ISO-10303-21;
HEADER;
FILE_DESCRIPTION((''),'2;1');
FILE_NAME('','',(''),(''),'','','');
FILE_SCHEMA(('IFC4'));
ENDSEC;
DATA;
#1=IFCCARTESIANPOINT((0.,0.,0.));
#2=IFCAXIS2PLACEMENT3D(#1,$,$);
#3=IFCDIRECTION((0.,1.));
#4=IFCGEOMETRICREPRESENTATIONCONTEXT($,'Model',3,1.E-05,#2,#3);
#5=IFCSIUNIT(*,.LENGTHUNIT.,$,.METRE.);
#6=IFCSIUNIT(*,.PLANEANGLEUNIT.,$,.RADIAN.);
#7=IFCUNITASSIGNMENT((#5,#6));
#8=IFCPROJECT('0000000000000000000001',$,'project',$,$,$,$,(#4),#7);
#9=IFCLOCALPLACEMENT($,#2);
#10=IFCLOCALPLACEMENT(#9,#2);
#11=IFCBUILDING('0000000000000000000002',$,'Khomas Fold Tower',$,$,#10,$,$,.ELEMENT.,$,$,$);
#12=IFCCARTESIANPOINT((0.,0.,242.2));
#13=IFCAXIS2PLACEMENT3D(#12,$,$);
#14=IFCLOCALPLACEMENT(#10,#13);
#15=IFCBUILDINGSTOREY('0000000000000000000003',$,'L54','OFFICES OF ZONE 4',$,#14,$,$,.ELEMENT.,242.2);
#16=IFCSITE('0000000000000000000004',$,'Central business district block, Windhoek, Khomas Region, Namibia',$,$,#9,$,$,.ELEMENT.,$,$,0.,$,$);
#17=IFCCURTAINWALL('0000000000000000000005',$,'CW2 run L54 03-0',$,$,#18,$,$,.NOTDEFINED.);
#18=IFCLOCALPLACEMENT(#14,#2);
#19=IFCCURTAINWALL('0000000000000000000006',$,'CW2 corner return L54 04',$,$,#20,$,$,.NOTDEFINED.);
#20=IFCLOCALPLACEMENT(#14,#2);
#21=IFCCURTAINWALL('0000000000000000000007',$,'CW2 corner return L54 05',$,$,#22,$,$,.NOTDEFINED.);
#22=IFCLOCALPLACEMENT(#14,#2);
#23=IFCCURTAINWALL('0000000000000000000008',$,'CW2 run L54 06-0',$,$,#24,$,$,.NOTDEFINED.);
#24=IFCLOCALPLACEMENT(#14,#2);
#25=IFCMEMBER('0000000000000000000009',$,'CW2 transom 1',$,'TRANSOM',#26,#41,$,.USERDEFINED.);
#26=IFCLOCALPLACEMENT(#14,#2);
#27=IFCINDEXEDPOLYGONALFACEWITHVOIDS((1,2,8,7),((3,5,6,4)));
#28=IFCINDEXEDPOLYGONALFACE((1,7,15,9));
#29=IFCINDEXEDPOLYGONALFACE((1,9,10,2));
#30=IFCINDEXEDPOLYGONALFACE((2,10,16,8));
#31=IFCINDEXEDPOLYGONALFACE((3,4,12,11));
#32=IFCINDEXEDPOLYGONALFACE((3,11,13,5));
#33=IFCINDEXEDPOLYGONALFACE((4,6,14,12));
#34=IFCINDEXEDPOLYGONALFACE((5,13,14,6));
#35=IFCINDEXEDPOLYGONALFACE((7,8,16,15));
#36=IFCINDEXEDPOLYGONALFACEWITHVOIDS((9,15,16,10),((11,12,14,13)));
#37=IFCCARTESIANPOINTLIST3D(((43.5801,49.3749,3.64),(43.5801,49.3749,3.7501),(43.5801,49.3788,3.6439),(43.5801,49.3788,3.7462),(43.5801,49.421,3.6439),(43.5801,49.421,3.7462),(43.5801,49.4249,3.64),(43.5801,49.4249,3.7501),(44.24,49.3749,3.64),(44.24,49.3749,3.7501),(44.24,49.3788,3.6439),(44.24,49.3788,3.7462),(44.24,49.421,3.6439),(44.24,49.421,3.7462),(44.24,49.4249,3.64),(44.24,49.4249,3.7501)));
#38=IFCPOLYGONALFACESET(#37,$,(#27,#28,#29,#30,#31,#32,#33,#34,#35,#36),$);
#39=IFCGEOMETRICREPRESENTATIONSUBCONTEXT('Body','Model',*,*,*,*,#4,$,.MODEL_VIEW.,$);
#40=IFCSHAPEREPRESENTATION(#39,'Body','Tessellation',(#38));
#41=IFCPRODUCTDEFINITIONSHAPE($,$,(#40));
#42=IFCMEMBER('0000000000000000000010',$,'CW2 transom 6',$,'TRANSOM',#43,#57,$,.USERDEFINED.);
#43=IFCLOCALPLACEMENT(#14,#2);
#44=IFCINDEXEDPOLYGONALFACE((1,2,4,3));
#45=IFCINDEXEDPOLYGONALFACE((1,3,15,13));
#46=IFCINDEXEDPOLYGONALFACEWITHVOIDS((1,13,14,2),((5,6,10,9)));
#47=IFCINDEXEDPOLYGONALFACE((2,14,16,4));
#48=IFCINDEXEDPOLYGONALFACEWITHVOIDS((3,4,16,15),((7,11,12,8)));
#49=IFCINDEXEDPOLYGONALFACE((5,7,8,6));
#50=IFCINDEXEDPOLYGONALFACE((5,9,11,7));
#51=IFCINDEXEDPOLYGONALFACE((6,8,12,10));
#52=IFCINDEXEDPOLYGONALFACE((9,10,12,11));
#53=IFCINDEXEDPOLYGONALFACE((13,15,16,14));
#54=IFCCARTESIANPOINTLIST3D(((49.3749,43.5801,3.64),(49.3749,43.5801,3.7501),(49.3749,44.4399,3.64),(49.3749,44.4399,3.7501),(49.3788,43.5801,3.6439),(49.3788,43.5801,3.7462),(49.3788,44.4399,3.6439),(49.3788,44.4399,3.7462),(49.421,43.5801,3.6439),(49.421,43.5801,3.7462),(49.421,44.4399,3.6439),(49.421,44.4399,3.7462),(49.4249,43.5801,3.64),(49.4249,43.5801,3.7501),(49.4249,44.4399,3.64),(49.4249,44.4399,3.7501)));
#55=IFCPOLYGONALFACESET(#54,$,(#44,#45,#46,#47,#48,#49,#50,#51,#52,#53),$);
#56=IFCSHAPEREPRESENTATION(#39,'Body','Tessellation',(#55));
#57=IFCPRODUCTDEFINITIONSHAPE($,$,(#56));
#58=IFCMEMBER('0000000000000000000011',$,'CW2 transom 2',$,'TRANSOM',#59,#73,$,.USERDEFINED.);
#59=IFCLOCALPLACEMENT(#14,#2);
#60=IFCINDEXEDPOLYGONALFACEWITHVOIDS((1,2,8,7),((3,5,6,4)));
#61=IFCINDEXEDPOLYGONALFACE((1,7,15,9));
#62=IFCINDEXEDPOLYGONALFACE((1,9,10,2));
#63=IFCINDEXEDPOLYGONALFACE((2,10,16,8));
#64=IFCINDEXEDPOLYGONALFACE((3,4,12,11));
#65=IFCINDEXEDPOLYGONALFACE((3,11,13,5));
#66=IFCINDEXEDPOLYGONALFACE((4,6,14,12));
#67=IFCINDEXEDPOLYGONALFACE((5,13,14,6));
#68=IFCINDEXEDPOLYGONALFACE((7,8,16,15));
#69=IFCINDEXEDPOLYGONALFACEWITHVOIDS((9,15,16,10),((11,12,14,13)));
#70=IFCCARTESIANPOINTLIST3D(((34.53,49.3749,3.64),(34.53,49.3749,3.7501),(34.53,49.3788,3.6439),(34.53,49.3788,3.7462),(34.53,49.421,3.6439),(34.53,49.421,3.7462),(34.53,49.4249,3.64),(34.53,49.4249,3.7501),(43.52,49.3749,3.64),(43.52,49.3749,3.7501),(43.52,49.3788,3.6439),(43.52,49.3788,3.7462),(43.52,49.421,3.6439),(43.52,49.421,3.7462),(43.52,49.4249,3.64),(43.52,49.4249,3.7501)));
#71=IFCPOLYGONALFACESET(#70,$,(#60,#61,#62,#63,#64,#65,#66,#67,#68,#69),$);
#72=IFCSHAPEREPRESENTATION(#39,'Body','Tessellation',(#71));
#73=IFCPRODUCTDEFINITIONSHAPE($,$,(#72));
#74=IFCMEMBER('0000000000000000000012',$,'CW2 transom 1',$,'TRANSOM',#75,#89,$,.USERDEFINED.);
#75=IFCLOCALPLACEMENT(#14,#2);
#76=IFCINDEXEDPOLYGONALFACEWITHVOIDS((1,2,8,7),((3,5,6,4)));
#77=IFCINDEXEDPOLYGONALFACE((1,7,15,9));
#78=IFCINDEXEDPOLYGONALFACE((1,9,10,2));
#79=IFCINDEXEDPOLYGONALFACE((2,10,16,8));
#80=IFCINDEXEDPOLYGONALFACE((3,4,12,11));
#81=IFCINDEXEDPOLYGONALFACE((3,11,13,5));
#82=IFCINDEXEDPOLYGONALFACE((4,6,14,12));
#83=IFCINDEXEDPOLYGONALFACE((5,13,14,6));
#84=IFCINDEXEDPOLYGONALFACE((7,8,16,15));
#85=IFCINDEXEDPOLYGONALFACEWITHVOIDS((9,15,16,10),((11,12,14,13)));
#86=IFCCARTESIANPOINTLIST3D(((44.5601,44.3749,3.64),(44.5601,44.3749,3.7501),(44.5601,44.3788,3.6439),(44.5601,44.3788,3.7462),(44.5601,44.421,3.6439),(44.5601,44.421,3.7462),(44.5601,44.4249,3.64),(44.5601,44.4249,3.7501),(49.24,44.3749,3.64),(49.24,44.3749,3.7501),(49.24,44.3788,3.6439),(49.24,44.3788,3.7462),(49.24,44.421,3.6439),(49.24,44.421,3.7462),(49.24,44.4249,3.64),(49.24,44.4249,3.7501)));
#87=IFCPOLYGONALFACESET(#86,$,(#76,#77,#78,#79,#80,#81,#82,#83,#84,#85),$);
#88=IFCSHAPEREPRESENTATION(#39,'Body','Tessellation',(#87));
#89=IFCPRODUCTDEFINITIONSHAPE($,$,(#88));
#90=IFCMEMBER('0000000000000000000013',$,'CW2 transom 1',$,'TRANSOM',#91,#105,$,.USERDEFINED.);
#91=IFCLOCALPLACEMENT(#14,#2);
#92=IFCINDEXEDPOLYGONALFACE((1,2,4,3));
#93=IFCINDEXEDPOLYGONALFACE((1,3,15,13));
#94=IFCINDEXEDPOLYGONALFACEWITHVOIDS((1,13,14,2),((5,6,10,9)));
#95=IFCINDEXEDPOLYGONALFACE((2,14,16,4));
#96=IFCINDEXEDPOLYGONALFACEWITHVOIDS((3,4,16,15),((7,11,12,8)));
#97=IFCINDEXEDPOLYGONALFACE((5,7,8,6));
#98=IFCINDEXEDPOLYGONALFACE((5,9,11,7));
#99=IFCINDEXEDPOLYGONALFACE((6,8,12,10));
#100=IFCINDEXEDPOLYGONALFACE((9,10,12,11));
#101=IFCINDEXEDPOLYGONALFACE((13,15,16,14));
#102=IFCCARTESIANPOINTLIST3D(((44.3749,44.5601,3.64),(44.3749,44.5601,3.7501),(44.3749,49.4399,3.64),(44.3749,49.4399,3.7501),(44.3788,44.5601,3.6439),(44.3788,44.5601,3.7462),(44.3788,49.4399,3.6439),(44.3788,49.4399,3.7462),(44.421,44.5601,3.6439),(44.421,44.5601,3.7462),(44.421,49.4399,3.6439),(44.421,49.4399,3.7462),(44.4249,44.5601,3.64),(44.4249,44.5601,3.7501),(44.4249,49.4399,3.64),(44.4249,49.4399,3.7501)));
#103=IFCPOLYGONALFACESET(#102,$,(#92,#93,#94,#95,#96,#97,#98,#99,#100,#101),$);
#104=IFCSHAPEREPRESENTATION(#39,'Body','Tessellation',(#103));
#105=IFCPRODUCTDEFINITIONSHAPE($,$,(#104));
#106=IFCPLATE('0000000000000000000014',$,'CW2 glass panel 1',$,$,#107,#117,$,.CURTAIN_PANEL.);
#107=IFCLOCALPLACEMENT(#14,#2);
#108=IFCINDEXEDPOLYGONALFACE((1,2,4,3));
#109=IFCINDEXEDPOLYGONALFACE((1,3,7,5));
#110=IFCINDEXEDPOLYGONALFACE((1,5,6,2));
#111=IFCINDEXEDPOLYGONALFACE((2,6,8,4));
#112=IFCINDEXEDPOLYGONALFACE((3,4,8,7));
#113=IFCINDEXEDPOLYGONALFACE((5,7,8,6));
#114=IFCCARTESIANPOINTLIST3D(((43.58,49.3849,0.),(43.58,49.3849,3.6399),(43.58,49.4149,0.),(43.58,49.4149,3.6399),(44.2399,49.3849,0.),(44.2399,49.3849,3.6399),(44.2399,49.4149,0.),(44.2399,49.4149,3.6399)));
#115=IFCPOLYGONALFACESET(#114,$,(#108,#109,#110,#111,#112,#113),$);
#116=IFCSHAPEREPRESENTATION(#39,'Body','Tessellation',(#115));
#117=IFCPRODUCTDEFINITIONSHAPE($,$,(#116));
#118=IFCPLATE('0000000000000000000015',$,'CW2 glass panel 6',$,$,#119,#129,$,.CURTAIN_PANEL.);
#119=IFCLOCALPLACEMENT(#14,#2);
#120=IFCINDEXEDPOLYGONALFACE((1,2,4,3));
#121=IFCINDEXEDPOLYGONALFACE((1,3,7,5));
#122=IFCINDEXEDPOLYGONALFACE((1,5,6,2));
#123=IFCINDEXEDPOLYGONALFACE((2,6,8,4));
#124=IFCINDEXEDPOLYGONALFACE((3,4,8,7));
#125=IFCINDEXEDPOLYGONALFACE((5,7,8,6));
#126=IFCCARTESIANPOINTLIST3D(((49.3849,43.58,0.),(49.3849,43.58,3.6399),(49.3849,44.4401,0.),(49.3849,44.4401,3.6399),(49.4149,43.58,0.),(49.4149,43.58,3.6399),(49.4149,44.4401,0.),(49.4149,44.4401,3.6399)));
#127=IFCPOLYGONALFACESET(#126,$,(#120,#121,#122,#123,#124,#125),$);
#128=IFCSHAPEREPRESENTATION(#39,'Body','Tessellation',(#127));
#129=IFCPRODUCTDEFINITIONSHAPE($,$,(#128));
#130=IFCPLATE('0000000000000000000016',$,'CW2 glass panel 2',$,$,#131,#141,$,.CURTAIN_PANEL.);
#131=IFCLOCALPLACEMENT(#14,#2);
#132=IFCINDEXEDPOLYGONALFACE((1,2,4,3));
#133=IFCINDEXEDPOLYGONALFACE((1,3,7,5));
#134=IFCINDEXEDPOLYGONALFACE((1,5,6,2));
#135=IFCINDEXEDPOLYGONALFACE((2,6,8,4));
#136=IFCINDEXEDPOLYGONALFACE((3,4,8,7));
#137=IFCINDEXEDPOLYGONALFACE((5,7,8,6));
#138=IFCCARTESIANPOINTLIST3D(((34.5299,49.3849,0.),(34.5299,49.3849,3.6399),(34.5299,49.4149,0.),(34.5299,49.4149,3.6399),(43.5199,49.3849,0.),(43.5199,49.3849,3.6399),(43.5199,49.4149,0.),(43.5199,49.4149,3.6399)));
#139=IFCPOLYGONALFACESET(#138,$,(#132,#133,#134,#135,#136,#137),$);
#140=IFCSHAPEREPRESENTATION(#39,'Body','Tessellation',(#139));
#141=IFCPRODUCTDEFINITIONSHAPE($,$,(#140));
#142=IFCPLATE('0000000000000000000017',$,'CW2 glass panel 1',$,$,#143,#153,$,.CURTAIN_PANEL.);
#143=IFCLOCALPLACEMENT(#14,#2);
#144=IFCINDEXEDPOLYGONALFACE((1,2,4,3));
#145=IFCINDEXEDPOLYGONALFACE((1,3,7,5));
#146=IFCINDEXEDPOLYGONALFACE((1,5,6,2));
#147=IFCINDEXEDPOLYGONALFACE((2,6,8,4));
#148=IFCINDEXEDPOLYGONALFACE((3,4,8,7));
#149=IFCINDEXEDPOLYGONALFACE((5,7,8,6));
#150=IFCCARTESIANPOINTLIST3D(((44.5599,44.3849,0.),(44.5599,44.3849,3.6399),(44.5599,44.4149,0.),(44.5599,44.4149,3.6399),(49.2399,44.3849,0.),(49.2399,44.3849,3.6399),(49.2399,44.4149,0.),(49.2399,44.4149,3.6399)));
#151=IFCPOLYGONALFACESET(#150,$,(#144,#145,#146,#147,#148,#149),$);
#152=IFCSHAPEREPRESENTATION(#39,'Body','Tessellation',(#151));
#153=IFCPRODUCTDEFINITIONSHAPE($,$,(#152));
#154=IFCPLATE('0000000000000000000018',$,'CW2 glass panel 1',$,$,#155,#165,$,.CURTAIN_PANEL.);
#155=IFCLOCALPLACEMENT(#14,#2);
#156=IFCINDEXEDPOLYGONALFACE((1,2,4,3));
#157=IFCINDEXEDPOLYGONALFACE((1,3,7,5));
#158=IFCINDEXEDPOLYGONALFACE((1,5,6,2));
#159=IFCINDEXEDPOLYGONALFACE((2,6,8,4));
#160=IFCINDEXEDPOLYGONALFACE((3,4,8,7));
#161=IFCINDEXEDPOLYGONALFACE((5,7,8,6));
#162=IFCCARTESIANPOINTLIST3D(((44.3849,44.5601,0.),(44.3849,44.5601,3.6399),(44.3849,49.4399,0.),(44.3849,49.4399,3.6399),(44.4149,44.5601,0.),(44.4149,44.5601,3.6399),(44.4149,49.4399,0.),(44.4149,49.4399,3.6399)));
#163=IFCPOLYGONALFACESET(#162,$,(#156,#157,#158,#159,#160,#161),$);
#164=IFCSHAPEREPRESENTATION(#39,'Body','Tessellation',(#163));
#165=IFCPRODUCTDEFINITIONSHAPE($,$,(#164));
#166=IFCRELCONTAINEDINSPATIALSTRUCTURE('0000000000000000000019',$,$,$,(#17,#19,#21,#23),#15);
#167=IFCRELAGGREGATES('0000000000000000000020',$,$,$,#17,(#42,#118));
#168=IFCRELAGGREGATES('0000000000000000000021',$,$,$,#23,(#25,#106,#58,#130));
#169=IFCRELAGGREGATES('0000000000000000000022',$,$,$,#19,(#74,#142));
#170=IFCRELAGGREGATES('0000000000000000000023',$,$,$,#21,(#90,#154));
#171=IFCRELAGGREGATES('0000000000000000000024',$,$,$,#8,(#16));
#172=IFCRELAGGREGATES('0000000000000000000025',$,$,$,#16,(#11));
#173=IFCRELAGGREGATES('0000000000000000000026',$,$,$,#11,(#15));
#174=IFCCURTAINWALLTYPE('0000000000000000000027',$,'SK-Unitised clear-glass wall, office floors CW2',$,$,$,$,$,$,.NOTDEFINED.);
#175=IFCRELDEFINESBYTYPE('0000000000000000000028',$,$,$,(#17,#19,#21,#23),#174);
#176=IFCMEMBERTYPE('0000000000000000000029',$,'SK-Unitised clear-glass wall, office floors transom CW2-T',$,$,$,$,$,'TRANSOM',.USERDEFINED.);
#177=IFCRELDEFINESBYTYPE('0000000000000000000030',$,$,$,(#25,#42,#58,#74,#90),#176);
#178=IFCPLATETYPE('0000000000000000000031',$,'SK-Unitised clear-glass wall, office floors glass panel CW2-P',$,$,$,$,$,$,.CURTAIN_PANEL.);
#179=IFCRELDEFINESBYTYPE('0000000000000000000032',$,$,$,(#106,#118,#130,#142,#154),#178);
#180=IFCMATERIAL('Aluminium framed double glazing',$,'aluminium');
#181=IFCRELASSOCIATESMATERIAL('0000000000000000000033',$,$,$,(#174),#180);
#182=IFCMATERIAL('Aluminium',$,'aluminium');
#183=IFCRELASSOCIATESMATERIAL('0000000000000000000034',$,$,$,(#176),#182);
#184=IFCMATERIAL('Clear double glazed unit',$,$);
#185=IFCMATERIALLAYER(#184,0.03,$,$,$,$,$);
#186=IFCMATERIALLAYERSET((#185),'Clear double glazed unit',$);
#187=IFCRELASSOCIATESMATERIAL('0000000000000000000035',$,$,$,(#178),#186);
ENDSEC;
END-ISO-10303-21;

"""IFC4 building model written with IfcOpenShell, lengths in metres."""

from ifc_helpers import new_model, si_unit, direction, frame, origin, origin_2d, place, context, subcontext, project, spatial, rectangle, hollow_rectangle, extrude, source, transform, mapped, material, layer, layer_set, material_profile, profile_set, type_object, element, aggregate, save


model = new_model("IFC4")

# Units and contexts
model_context = context("Model", 3, precision=1e-05, world=origin(), true_north=direction((0.0, 1.0)))
body_context = subcontext(model_context, "Body", "Model", "MODEL_VIEW")
ifc_project = project(units=[si_unit("LENGTHUNIT", "METRE"), si_unit("PLANEANGLEUNIT", "RADIAN")], contexts=[model_context])

# Site, building, storey
site_placement = place(None, origin())
site = spatial("IfcSite", under=ifc_project, at=site_placement, Name="Central business district block, Windhoek, Khomas Region, Namibia", CompositionType="ELEMENT", RefElevation=0.0)
building_placement = place(site_placement, origin())
building = spatial("IfcBuilding", under=site, at=building_placement, Name="Khomas Fold Tower", CompositionType="ELEMENT")
storey_placement = place(building_placement, frame((0.0, 0.0, 242.2)))
storey = spatial("IfcBuildingStorey", under=building, at=storey_placement, Name="L54", Description="OFFICES OF ZONE 4", CompositionType="ELEMENT", Elevation=242.2)

# Curtain wall
ifc_material_1 = material(Name="Aluminium framed double glazing", Category="aluminium")
curtain_wall_type = type_object("IfcCurtainWallType", Name="SK-Unitised clear-glass wall, office floors CW2", PredefinedType="NOTDEFINED", material=ifc_material_1)
curtain_wall_1_placement = place(storey_placement, origin())
curtain_wall_1 = element("IfcCurtainWall", 1, at=curtain_wall_1_placement, inside=storey, type_object=curtain_wall_type, Name="CW2 run L54 03-0", PredefinedType="NOTDEFINED")

# Curtain walls, member
curtain_wall_2_placement = place(storey_placement, origin())
curtain_wall_2 = element("IfcCurtainWall", 2, at=curtain_wall_2_placement, inside=storey, type_object=curtain_wall_type, Name="CW2 corner return L54 04", PredefinedType="NOTDEFINED")
curtain_wall_3_placement = place(storey_placement, origin())
curtain_wall_3 = element("IfcCurtainWall", 3, at=curtain_wall_3_placement, inside=storey, type_object=curtain_wall_type, Name="CW2 corner return L54 05", PredefinedType="NOTDEFINED")
curtain_wall_4_placement = place(storey_placement, origin())
curtain_wall_4 = element("IfcCurtainWall", 4, at=curtain_wall_4_placement, inside=storey, type_object=curtain_wall_type, Name="CW2 run L54 06-0", PredefinedType="NOTDEFINED")
ifc_material_2 = material(Name="Aluminium", Category="aluminium")
ifc_material_profile_1 = material_profile(ifc_material_2, hollow_rectangle(XDim=0.05, YDim=0.1101, WallThickness=0.0039, at=origin_2d()), Name="SK-Unitised clear-glass wall, office floors transom CW2-T")
ifc_profile_set_1 = profile_set([ifc_material_profile_1], Name="Aluminium")
member_type_1 = type_object("IfcMemberType", Name="SK-Unitised clear-glass wall, office floors transom CW2-T", ElementType="TRANSOM", PredefinedType="USERDEFINED", material=ifc_profile_set_1)
shared_shape_1 = source(origin(), body_context, "Body", "SweptSolid", [
    extrude(hollow_rectangle(XDim=0.05, YDim=0.1101, WallThickness=0.0039, at=origin_2d()), origin(), (0.0, 0.0, 1.0), 0.6599),
])
member_1_placement = place(storey_placement, frame((44.24, 49.3999, 3.6951), z_axis=(-1.0, 0.0, 0.0), x_axis=(0.0, -1.0, 0.0)))
member_1 = element("IfcMember", 5, at=member_1_placement, type_object=member_type_1, Name="CW2 transom 1", ObjectType="TRANSOM", PredefinedType="USERDEFINED", context=body_context, shape_type="MappedRepresentation", body=[
    mapped(shared_shape_1, transform((0.0, 0.0, 0.0))),
])

# Members
shared_shape_2 = source(origin(), body_context, "Body", "SweptSolid", [
    extrude(hollow_rectangle(XDim=0.05, YDim=0.1101, WallThickness=0.0039, at=origin_2d()), origin(), (0.0, 0.0, 1.0), 0.8599),
])
member_2_placement = place(storey_placement, frame((49.3999, 43.5801, 3.6951), z_axis=(0.0, 1.0, 0.0), x_axis=(-1.0, 0.0, 0.0)))
member_2 = element("IfcMember", 6, at=member_2_placement, type_object=member_type_1, Name="CW2 transom 6", ObjectType="TRANSOM", PredefinedType="USERDEFINED", context=body_context, shape_type="MappedRepresentation", body=[
    mapped(shared_shape_2, transform((0.0, 0.0, 0.0))),
])
shared_shape_3 = source(origin(), body_context, "Body", "SweptSolid", [
    extrude(hollow_rectangle(XDim=0.05, YDim=0.1101, WallThickness=0.0039, at=origin_2d()), origin(), (0.0, 0.0, 1.0), 8.99),
])
member_3_placement = place(storey_placement, frame((43.52, 49.3999, 3.6951), z_axis=(-1.0, 0.0, 0.0), x_axis=(0.0, -1.0, 0.0)))
member_3 = element("IfcMember", 7, at=member_3_placement, type_object=member_type_1, Name="CW2 transom 2", ObjectType="TRANSOM", PredefinedType="USERDEFINED", context=body_context, shape_type="MappedRepresentation", body=[
    mapped(shared_shape_3, transform((0.0, 0.0, 0.0))),
])
shared_shape_4 = source(origin(), body_context, "Body", "SweptSolid", [
    extrude(hollow_rectangle(XDim=0.05, YDim=0.1101, WallThickness=0.0039, at=origin_2d()), origin(), (0.0, 0.0, 1.0), 4.6799),
])
member_4_placement = place(storey_placement, frame((49.24, 44.3999, 3.6951), z_axis=(-1.0, 0.0, 0.0), x_axis=(0.0, -1.0, 0.0)))
member_4 = element("IfcMember", 8, at=member_4_placement, type_object=member_type_1, Name="CW2 transom 1", ObjectType="TRANSOM", PredefinedType="USERDEFINED", context=body_context, shape_type="MappedRepresentation", body=[
    mapped(shared_shape_4, transform((0.0, 0.0, 0.0))),
])
shared_shape_5 = source(origin(), body_context, "Body", "SweptSolid", [
    extrude(hollow_rectangle(XDim=0.05, YDim=0.1101, WallThickness=0.0039, at=origin_2d()), origin(), (0.0, 0.0, 1.0), 4.8799),
])
member_5_placement = place(storey_placement, frame((44.3999, 44.5601, 3.6951), z_axis=(0.0, 1.0, 0.0), x_axis=(-1.0, 0.0, 0.0)))
member_5 = element("IfcMember", 9, at=member_5_placement, type_object=member_type_1, Name="CW2 transom 1", ObjectType="TRANSOM", PredefinedType="USERDEFINED", context=body_context, shape_type="MappedRepresentation", body=[
    mapped(shared_shape_5, transform((0.0, 0.0, 0.0))),
])

# Plates
ifc_material_3 = material(Name="Clear double glazed unit")
ifc_layer = layer(ifc_material_3, 0.03)
ifc_layer_set = layer_set([ifc_layer], Name="Clear double glazed unit")
plate_type = type_object("IfcPlateType", Name="SK-Unitised clear-glass wall, office floors glass panel CW2-P", PredefinedType="CURTAIN_PANEL", material=ifc_layer_set)
shared_shape_6 = source(origin(), body_context, "Body", "SweptSolid", [
    extrude(rectangle(XDim=0.6599, YDim=0.03, at=origin_2d()), origin(), (0.0, 0.0, 1.0), 3.6399),
])
plate_1_placement = place(storey_placement, frame((43.9099, 49.3999, 0.0), z_axis=(0.0, 0.0, 1.0), x_axis=(-1.0, 0.0, 0.0)))
plate_1 = element("IfcPlate", 10, at=plate_1_placement, type_object=plate_type, Name="CW2 glass panel 1", PredefinedType="CURTAIN_PANEL", context=body_context, shape_type="MappedRepresentation", body=[
    mapped(shared_shape_6, transform((0.0, 0.0, 0.0))),
])
shared_shape_7 = source(origin(), body_context, "Body", "SweptSolid", [
    extrude(rectangle(XDim=0.8601, YDim=0.03, at=origin_2d()), origin(), (0.0, 0.0, 1.0), 3.6399),
])
plate_2_placement = place(storey_placement, frame((49.3999, 44.01, 0.0), z_axis=(0.0, 0.0, 1.0), x_axis=(0.0, 1.0, 0.0)))
plate_2 = element("IfcPlate", 11, at=plate_2_placement, type_object=plate_type, Name="CW2 glass panel 6", PredefinedType="CURTAIN_PANEL", context=body_context, shape_type="MappedRepresentation", body=[
    mapped(shared_shape_7, transform((0.0, 0.0, 0.0))),
])
aggregate(curtain_wall_1, [member_2, plate_2])
shared_shape_8 = source(origin(), body_context, "Body", "SweptSolid", [
    extrude(rectangle(XDim=8.99, YDim=0.03, at=origin_2d()), origin(), (0.0, 0.0, 1.0), 3.6399),
])
plate_3_placement = place(storey_placement, frame((39.0249, 49.3999, 0.0), z_axis=(0.0, 0.0, 1.0), x_axis=(-1.0, 0.0, 0.0)))
plate_3 = element("IfcPlate", 12, at=plate_3_placement, type_object=plate_type, Name="CW2 glass panel 2", PredefinedType="CURTAIN_PANEL", context=body_context, shape_type="MappedRepresentation", body=[
    mapped(shared_shape_8, transform((0.0, 0.0, 0.0))),
])
aggregate(curtain_wall_4, [member_1, plate_1, member_3, plate_3])
shared_shape_9 = source(origin(), body_context, "Body", "SweptSolid", [
    extrude(rectangle(XDim=4.6799, YDim=0.03, at=origin_2d()), origin(), (0.0, 0.0, 1.0), 3.6399),
])
plate_4_placement = place(storey_placement, frame((46.8999, 44.3999, 0.0), z_axis=(0.0, 0.0, 1.0), x_axis=(-1.0, 0.0, 0.0)))
plate_4 = element("IfcPlate", 13, at=plate_4_placement, type_object=plate_type, Name="CW2 glass panel 1", PredefinedType="CURTAIN_PANEL", context=body_context, shape_type="MappedRepresentation", body=[
    mapped(shared_shape_9, transform((0.0, 0.0, 0.0))),
])
aggregate(curtain_wall_2, [member_4, plate_4])
shared_shape_10 = source(origin(), body_context, "Body", "SweptSolid", [
    extrude(rectangle(XDim=4.8799, YDim=0.03, at=origin_2d()), origin(), (0.0, 0.0, 1.0), 3.6399),
])
plate_5_placement = place(storey_placement, frame((44.3999, 47.0, 0.0), z_axis=(0.0, 0.0, 1.0), x_axis=(0.0, 1.0, 0.0)))
plate_5 = element("IfcPlate", 14, at=plate_5_placement, type_object=plate_type, Name="CW2 glass panel 1", PredefinedType="CURTAIN_PANEL", context=body_context, shape_type="MappedRepresentation", body=[
    mapped(shared_shape_10, transform((0.0, 0.0, 0.0))),
])
aggregate(curtain_wall_3, [member_5, plate_5])

save(model, "model.ifc")
